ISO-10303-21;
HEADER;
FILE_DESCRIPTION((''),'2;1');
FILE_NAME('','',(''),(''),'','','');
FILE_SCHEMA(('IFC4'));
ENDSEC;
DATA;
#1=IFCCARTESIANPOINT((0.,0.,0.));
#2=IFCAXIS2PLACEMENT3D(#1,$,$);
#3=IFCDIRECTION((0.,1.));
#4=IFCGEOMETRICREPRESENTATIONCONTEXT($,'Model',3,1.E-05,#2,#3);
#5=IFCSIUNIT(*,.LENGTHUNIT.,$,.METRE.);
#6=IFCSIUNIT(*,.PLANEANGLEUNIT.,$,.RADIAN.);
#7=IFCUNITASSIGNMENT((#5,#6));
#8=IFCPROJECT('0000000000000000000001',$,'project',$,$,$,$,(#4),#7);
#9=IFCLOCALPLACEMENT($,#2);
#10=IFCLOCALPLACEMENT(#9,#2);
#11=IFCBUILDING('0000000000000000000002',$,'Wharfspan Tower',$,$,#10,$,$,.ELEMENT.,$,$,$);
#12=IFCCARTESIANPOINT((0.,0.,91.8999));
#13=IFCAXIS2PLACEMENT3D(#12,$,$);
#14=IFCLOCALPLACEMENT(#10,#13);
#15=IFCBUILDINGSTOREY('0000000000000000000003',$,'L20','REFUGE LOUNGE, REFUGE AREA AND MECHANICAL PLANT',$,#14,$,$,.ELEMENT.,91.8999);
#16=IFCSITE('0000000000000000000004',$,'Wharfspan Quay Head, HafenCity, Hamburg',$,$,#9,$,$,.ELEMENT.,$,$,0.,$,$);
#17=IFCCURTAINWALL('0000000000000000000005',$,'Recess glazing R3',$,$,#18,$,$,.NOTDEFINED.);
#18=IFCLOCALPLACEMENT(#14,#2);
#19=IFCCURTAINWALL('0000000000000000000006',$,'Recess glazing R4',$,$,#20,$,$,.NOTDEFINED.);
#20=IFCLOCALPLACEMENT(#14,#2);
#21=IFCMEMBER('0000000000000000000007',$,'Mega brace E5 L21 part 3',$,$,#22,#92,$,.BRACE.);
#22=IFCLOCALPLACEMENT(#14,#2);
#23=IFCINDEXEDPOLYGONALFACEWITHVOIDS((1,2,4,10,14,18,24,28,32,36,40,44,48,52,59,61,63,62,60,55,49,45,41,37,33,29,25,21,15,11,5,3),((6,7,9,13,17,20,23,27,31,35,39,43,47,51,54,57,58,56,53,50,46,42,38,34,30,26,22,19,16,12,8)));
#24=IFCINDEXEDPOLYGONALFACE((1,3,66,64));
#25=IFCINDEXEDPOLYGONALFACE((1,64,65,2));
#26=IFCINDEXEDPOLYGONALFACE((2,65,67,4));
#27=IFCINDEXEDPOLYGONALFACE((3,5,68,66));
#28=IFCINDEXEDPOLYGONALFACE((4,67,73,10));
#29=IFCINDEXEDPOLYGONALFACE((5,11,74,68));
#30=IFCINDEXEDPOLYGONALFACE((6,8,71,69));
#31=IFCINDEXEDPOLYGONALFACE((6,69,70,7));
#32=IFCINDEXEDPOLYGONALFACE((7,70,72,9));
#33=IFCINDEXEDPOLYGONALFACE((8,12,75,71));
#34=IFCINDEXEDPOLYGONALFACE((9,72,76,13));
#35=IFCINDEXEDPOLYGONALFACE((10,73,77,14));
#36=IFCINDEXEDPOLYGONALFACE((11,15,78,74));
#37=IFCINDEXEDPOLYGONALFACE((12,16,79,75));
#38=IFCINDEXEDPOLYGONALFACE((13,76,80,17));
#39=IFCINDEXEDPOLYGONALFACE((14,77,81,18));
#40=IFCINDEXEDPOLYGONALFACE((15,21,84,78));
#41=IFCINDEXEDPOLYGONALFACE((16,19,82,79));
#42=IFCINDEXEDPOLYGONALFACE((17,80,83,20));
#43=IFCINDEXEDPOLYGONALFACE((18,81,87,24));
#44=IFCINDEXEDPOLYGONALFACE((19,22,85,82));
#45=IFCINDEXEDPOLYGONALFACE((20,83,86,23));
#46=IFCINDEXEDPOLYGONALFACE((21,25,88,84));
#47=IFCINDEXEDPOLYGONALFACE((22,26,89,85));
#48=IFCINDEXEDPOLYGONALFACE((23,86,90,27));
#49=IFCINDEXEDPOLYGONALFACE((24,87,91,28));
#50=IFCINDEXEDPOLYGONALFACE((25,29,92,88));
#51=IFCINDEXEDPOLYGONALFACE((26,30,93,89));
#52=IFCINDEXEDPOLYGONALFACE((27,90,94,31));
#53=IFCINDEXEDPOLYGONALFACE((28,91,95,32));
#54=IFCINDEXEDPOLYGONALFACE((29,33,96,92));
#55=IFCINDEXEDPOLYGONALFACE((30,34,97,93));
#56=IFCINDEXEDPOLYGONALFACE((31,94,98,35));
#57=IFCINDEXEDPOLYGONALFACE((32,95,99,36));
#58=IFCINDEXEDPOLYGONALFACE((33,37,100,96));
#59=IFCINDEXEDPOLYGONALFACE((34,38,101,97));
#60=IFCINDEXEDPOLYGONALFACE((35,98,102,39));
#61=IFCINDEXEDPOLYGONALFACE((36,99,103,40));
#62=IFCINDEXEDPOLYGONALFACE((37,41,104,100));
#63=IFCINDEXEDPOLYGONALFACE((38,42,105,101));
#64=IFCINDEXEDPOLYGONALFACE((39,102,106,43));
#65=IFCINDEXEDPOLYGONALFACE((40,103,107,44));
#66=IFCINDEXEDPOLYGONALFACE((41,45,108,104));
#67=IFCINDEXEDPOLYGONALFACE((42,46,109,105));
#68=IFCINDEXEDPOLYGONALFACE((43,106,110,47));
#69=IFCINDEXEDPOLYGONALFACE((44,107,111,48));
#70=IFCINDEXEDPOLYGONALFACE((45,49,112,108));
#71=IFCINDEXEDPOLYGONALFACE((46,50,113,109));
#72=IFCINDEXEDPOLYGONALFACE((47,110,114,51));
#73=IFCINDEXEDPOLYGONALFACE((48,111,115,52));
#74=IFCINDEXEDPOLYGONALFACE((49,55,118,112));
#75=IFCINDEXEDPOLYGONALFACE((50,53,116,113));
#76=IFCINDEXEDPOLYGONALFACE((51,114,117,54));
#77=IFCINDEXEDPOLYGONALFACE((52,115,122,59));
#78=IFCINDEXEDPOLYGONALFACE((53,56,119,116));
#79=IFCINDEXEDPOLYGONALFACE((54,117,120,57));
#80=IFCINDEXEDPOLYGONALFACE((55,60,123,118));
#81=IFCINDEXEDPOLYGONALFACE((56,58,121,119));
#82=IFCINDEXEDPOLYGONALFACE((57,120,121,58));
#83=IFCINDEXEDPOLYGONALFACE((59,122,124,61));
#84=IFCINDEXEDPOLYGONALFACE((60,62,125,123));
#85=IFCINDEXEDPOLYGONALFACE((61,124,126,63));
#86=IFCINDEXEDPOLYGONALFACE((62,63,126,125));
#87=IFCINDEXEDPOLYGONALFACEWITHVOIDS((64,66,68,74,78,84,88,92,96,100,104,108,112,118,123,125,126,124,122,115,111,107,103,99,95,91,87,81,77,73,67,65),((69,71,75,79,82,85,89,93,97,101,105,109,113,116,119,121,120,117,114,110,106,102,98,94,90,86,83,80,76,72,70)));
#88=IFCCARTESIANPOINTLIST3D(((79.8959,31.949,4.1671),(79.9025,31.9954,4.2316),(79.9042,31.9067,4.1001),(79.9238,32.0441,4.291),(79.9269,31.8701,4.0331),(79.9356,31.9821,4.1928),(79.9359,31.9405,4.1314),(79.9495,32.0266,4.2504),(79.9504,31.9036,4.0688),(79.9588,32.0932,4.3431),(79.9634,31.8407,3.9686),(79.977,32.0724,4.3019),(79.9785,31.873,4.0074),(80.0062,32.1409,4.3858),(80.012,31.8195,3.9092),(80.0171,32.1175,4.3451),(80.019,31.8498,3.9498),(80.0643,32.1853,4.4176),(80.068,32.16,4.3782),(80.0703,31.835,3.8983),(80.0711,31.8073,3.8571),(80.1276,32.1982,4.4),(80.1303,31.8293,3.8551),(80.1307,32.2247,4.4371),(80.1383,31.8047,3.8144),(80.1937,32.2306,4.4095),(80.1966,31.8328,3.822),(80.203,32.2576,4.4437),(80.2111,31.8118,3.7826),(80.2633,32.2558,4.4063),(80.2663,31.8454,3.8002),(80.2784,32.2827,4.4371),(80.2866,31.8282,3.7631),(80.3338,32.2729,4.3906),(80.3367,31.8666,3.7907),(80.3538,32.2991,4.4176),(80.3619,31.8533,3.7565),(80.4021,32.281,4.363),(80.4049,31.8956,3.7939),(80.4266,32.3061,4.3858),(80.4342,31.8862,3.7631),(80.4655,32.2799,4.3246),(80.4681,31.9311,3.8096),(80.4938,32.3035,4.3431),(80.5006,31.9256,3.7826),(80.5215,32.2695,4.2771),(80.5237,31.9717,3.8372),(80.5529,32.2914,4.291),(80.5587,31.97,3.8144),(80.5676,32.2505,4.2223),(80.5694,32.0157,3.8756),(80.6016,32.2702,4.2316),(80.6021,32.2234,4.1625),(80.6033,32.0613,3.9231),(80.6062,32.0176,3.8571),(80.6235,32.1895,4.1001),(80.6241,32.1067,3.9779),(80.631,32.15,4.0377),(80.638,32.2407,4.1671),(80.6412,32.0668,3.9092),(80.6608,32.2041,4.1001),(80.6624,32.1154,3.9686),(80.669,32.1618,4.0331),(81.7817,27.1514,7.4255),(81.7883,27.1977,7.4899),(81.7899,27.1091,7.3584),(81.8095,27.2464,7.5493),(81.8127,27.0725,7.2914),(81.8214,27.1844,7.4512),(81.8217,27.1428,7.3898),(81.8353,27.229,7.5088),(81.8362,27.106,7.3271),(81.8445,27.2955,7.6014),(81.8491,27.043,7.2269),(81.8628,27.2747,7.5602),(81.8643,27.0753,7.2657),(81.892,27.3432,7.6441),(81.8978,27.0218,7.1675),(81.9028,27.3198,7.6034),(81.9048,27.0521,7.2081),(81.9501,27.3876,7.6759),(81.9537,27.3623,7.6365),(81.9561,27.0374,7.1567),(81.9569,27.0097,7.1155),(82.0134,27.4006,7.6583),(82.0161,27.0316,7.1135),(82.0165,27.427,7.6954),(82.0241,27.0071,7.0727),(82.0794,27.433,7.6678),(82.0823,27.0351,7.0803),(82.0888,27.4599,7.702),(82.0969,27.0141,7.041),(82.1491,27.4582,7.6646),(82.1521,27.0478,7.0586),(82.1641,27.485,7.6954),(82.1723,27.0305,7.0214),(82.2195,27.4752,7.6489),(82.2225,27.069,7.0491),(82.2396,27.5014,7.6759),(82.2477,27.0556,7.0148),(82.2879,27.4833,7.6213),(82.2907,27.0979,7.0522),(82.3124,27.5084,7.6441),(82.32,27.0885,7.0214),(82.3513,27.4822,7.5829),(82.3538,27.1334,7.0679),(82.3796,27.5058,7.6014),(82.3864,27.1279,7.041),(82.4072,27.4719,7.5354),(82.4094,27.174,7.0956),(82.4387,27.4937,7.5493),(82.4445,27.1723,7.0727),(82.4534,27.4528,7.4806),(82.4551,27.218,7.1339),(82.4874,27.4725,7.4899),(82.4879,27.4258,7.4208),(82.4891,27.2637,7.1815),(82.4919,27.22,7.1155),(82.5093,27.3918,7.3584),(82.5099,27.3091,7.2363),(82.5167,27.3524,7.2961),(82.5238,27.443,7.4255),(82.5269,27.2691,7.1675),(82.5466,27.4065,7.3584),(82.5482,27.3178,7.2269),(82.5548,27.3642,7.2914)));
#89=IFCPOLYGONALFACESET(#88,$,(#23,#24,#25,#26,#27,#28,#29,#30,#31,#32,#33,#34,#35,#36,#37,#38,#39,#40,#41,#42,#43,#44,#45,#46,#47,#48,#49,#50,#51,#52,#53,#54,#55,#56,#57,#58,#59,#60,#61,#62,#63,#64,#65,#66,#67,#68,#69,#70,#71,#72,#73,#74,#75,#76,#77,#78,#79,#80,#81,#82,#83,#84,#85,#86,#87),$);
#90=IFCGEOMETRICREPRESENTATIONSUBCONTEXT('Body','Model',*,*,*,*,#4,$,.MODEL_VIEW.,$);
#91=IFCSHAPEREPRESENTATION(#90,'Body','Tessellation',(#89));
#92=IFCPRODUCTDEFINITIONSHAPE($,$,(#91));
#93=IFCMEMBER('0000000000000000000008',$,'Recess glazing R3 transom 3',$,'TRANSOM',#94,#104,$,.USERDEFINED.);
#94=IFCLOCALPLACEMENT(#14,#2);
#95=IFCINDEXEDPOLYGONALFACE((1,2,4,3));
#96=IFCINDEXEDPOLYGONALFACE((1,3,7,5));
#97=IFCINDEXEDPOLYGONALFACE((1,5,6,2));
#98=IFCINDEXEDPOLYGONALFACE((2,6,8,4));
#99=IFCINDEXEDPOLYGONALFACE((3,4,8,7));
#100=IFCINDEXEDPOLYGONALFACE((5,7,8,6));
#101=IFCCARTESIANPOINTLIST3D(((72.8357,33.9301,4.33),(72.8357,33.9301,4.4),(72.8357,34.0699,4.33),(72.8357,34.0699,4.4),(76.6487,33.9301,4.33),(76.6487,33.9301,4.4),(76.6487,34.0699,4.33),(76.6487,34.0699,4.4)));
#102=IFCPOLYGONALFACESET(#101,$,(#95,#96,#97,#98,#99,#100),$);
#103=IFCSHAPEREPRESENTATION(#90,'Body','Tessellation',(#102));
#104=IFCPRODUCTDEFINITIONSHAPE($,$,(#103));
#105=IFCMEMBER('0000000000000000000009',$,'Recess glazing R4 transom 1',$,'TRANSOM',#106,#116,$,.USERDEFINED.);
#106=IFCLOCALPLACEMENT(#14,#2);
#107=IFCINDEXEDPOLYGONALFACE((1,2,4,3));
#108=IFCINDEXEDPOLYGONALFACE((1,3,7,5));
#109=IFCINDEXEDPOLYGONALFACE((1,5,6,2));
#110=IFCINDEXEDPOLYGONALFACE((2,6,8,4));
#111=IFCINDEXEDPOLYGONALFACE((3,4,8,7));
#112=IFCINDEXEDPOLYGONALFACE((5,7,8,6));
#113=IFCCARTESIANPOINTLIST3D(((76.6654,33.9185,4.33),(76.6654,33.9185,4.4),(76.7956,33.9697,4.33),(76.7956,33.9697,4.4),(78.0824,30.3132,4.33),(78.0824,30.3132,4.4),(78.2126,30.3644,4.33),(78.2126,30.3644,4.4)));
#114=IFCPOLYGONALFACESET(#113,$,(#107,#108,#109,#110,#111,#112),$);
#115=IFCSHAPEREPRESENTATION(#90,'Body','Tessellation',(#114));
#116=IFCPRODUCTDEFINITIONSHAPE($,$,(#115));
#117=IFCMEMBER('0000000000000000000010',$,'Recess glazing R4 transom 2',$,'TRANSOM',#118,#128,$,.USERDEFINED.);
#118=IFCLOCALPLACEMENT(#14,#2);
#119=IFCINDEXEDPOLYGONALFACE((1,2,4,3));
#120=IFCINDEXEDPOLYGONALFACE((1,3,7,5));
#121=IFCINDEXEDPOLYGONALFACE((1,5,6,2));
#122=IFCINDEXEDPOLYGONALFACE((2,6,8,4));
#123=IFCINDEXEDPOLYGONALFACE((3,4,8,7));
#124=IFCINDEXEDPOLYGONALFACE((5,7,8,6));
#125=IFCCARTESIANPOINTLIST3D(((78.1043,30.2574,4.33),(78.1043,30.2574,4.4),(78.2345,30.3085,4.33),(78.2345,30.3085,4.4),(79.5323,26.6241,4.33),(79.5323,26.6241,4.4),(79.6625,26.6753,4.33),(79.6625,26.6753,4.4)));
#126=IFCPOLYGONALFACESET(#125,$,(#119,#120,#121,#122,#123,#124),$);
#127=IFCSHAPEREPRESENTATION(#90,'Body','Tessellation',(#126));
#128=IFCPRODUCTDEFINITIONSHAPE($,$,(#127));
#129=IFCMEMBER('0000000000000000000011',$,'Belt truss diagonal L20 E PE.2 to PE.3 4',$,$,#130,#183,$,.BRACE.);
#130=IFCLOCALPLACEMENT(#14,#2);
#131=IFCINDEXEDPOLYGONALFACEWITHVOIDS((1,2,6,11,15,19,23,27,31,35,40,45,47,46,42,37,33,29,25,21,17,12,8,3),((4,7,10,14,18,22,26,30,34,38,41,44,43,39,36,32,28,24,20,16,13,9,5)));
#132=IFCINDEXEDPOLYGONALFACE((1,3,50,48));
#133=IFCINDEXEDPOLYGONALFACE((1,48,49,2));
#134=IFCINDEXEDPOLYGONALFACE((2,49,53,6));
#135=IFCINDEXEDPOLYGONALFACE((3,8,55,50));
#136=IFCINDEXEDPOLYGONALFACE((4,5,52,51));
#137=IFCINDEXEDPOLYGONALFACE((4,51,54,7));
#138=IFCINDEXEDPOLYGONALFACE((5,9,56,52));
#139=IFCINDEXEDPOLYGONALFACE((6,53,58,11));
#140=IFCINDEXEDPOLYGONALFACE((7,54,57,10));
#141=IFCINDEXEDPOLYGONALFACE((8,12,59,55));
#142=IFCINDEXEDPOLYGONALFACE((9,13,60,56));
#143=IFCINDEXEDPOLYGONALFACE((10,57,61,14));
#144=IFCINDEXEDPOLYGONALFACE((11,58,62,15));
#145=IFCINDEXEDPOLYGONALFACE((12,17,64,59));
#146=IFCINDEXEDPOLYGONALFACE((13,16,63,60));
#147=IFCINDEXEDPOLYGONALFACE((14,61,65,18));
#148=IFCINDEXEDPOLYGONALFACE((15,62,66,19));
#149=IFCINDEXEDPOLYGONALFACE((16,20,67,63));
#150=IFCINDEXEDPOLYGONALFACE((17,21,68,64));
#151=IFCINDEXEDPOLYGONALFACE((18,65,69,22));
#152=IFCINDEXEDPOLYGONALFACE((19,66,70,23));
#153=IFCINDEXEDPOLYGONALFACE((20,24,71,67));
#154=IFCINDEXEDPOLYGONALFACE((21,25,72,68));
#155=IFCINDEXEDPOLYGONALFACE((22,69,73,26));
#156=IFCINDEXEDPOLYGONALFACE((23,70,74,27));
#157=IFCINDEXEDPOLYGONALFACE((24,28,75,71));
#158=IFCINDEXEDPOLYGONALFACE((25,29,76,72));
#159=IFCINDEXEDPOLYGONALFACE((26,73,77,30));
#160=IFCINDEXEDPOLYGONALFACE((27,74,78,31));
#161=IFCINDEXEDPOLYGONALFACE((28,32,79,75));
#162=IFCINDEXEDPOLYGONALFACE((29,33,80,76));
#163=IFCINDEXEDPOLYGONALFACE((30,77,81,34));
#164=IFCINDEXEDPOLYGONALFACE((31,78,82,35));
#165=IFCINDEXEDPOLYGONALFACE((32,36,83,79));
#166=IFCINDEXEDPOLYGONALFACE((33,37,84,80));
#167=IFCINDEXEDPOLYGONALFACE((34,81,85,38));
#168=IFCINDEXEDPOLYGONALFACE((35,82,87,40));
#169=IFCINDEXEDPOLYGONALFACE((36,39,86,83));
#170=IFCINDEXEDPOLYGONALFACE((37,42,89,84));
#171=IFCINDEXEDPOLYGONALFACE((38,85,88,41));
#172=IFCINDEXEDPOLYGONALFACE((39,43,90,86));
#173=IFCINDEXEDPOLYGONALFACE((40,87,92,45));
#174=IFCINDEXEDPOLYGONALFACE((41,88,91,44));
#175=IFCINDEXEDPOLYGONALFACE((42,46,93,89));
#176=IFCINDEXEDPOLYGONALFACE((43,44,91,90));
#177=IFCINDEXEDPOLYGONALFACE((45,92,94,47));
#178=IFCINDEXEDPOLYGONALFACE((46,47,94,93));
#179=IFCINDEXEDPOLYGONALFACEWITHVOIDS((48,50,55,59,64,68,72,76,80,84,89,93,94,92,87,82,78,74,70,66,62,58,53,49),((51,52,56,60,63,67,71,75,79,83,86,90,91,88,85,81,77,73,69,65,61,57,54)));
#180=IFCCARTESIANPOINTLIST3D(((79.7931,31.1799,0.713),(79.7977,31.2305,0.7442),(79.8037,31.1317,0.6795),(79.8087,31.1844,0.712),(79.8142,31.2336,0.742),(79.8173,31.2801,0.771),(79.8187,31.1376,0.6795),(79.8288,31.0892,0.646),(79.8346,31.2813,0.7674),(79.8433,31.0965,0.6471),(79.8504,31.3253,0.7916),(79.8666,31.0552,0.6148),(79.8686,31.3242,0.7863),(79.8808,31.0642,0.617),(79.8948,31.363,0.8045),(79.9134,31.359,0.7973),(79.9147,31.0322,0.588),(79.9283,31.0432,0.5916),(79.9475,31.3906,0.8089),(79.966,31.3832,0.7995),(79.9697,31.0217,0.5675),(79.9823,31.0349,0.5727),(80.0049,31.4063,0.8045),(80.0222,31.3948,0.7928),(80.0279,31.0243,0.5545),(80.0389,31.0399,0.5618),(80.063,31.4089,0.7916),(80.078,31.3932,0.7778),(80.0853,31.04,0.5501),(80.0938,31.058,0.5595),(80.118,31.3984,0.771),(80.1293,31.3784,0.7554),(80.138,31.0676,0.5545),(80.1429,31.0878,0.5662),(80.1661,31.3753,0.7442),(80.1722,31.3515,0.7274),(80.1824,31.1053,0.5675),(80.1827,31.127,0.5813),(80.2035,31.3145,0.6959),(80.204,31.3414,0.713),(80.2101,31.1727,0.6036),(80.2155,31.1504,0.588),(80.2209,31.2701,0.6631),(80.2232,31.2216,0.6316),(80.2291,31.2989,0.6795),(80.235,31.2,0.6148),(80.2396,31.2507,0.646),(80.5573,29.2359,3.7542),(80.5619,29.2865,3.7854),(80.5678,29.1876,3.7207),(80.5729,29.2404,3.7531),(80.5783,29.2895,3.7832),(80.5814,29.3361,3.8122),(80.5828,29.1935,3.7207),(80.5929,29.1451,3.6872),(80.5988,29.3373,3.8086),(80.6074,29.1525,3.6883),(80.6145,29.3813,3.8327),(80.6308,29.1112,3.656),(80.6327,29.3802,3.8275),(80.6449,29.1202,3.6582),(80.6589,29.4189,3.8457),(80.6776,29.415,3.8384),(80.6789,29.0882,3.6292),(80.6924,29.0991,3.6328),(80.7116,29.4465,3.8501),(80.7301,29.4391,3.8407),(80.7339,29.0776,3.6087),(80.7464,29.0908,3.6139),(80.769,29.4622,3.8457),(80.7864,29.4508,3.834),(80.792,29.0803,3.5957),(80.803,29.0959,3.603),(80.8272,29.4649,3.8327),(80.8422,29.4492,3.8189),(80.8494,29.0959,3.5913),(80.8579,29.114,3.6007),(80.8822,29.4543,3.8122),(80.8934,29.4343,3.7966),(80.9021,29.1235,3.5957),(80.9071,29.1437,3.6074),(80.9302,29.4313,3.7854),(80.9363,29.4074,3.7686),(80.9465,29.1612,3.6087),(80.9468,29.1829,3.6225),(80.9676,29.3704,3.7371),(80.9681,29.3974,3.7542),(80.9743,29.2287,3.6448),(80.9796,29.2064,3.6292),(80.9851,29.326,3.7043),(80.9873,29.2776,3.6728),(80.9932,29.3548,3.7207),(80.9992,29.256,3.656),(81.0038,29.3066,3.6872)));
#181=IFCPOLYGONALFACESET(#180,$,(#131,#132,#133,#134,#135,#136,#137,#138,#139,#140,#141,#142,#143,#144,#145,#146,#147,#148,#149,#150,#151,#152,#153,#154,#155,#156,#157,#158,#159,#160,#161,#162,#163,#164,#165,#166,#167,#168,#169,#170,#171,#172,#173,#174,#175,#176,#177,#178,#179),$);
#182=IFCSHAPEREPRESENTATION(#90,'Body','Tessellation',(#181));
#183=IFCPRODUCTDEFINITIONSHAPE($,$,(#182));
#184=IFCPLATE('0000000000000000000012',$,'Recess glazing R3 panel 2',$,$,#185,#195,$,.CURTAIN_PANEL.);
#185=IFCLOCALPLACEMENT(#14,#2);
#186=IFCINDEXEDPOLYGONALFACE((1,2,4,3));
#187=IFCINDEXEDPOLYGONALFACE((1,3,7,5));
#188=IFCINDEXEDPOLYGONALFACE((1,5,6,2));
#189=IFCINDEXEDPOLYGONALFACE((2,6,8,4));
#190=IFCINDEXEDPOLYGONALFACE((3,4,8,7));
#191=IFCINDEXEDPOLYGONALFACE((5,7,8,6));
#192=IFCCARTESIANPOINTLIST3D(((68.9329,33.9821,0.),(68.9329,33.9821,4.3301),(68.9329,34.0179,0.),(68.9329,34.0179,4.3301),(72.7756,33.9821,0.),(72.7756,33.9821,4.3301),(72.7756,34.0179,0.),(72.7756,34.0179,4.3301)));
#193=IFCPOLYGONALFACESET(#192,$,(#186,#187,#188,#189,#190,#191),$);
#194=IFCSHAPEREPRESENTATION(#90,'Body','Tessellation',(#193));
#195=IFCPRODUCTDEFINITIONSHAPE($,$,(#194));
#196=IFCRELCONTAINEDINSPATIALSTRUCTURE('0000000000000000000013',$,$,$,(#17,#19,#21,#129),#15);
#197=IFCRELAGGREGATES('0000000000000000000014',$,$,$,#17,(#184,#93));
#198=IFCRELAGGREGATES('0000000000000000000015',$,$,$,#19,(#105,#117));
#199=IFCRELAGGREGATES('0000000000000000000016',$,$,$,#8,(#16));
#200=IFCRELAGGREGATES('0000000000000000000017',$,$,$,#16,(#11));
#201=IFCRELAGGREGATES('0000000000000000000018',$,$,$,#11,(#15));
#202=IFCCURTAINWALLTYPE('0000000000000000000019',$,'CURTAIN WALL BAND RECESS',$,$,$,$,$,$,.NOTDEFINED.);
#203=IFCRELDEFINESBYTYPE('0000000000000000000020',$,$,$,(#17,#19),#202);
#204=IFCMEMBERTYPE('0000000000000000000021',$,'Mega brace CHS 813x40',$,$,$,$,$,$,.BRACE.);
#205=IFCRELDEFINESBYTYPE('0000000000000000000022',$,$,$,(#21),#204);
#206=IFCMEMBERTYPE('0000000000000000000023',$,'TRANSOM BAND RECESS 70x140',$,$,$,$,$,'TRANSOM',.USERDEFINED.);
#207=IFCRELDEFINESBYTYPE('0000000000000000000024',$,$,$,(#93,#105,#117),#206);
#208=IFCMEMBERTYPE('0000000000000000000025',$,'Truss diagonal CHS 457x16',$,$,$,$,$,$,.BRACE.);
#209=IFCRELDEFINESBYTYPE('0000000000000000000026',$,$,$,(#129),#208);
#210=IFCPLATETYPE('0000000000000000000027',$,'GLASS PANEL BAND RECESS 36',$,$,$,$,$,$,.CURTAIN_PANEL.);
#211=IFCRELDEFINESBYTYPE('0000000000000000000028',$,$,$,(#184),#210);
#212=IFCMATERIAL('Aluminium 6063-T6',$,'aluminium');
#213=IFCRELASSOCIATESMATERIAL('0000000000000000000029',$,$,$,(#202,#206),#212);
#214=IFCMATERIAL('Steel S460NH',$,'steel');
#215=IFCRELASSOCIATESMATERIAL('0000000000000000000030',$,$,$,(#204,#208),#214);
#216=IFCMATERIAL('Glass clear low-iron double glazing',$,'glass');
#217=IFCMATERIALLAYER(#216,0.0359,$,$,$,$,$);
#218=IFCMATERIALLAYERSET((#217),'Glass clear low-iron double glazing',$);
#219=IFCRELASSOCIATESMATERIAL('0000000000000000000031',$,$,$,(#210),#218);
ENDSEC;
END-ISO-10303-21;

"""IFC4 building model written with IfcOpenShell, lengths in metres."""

from ifc_helpers import new_model, si_unit, direction, frame, origin, origin_2d, place, context, subcontext, project, spatial, rectangle, hollow_circle, extrude, material, layer, layer_set, material_profile, profile_set, type_object, element, aggregate, save


model = new_model("IFC4")

# Units and contexts
model_context = context("Model", 3, precision=1e-05, world=origin(), true_north=direction((0.0, 1.0)))
body_context = subcontext(model_context, "Body", "Model", "MODEL_VIEW")
ifc_project = project(units=[si_unit("LENGTHUNIT", "METRE"), si_unit("PLANEANGLEUNIT", "RADIAN")], contexts=[model_context])

# Site, building, storey
site_placement = place(None, origin())
site = spatial("IfcSite", under=ifc_project, at=site_placement, Name="Wharfspan Quay Head, HafenCity, Hamburg", CompositionType="ELEMENT", RefElevation=0.0)
building_placement = place(site_placement, origin())
building = spatial("IfcBuilding", under=site, at=building_placement, Name="Wharfspan Tower", CompositionType="ELEMENT")
storey_placement = place(building_placement, frame((0.0, 0.0, 91.8999)))
storey = spatial("IfcBuildingStorey", under=building, at=storey_placement, Name="L20", Description="REFUGE LOUNGE, REFUGE AREA AND MECHANICAL PLANT", CompositionType="ELEMENT", Elevation=91.8999)

# Curtain walls
ifc_material_1 = material(Name="Aluminium 6063-T6", Category="aluminium")
curtain_wall_type = type_object("IfcCurtainWallType", Name="CURTAIN WALL BAND RECESS", PredefinedType="NOTDEFINED", material=ifc_material_1)
curtain_wall_1_placement = place(storey_placement, origin())
curtain_wall_1 = element("IfcCurtainWall", 1, at=curtain_wall_1_placement, inside=storey, type_object=curtain_wall_type, Name="Recess glazing R3", PredefinedType="NOTDEFINED")
curtain_wall_2_placement = place(storey_placement, origin())
curtain_wall_2 = element("IfcCurtainWall", 2, at=curtain_wall_2_placement, inside=storey, type_object=curtain_wall_type, Name="Recess glazing R4", PredefinedType="NOTDEFINED")

# Members
ifc_material_2 = material(Name="Steel S460NH", Category="steel")
ifc_material_profile_1 = material_profile(ifc_material_2, hollow_circle(Radius=0.4065, WallThickness=0.04, at=origin_2d()))
ifc_profile_set_1 = profile_set([ifc_material_profile_1], Name="Steel S460NH")
member_type_1 = type_object("IfcMemberType", Name="Mega brace CHS 813x40", PredefinedType="BRACE", material=ifc_profile_set_1)
member_1_placement = place(storey_placement, frame((80.2825, 32.0554, 4.1001), z_axis=(0.309223, -0.786709, 0.534294), x_axis=(0.930685, 0.365812, -0.000003)))
element("IfcMember", 3, at=member_1_placement, inside=storey, type_object=member_type_1, Name="Mega brace E5 L21 part 3", PredefinedType="BRACE", context=body_context, shape_type="SweptSolid", body=[
    extrude(hollow_circle(Radius=0.4065, WallThickness=0.04, at=origin_2d()), origin(), (0.0, 0.0, 1.0), 6.0984),
])
ifc_material_profile_2 = material_profile(ifc_material_1, rectangle(XDim=0.1399, YDim=0.0701, at=origin_2d()))
ifc_profile_set_2 = profile_set([ifc_material_profile_2], Name="Aluminium 6063-T6")
member_type_2 = type_object("IfcMemberType", Name="TRANSOM BAND RECESS 70x140", ElementType="TRANSOM", PredefinedType="USERDEFINED", material=ifc_profile_set_2)
member_2_placement = place(storey_placement, frame((72.8357, 34.0, 4.365), z_axis=(1.0, 0.0, 0.0), x_axis=(0.0, 1.0, 0.0)))
member_2 = element("IfcMember", 4, at=member_2_placement, type_object=member_type_2, Name="Recess glazing R3 transom 3", ObjectType="TRANSOM", PredefinedType="USERDEFINED", context=body_context, shape_type="SweptSolid", body=[
    extrude(rectangle(XDim=0.1399, YDim=0.0701, at=origin_2d()), origin(), (0.0, 0.0, 1.0), 3.813),
])
member_3_placement = place(storey_placement, frame((76.7305, 33.9441, 4.365), z_axis=(0.365799, -0.930694, 0.0), x_axis=(0.930694, 0.365799, 0.0)))
member_3 = element("IfcMember", 5, at=member_3_placement, type_object=member_type_2, Name="Recess glazing R4 transom 1", ObjectType="TRANSOM", PredefinedType="USERDEFINED", context=body_context, shape_type="SweptSolid", body=[
    extrude(rectangle(XDim=0.1399, YDim=0.0701, at=origin_2d()), origin(), (0.0, 0.0, 1.0), 3.8738),
])
member_4_placement = place(storey_placement, frame((78.1694, 30.283, 4.365), z_axis=(0.365788, -0.930698, 0.0), x_axis=(0.930698, 0.365788, 0.0)))
member_4 = element("IfcMember", 6, at=member_4_placement, type_object=member_type_2, Name="Recess glazing R4 transom 2", ObjectType="TRANSOM", PredefinedType="USERDEFINED", context=body_context, shape_type="SweptSolid", body=[
    extrude(rectangle(XDim=0.1399, YDim=0.0701, at=origin_2d()), origin(), (0.0, 0.0, 1.0), 3.9038),
])
ifc_material_profile_3 = material_profile(ifc_material_2, hollow_circle(Radius=0.2285, WallThickness=0.0161, at=origin_2d()))
ifc_profile_set_3 = profile_set([ifc_material_profile_3], Name="Steel S460NH")
member_type_3 = type_object("IfcMemberType", Name="Truss diagonal CHS 457x16", PredefinedType="BRACE", material=ifc_profile_set_3)
member_5_placement = place(storey_placement, frame((80.7805, 29.2712, 3.7207), z_axis=(-0.207115, 0.52692, -0.824293), x_axis=(-0.930683, -0.365821, 0.0)))
element("IfcMember", 7, at=member_5_placement, inside=storey, type_object=member_type_3, Name="Belt truss diagonal L20 E PE.2 to PE.3 4", PredefinedType="BRACE", context=body_context, shape_type="SweptSolid", body=[
    extrude(hollow_circle(Radius=0.2285, WallThickness=0.0161, at=origin_2d()), origin(), (0.0, 0.0, 1.0), 3.6895),
])

# Plate
ifc_material_3 = material(Name="Glass clear low-iron double glazing", Category="glass")
ifc_layer_1 = layer(ifc_material_3, 0.0359)
ifc_layer_set_1 = layer_set([ifc_layer_1], Name="Glass clear low-iron double glazing")
plate_type = type_object("IfcPlateType", Name="GLASS PANEL BAND RECESS 36", PredefinedType="CURTAIN_PANEL", material=ifc_layer_set_1)
plate_1_placement = place(storey_placement, frame((70.8542, 34.0, 0.0), z_axis=(0.0, 0.0, 1.0), x_axis=(1.0, 0.0, 0.0)))
plate_1 = element("IfcPlate", 8, at=plate_1_placement, type_object=plate_type, Name="Recess glazing R3 panel 2", PredefinedType="CURTAIN_PANEL", context=body_context, shape_type="SweptSolid", body=[
    extrude(rectangle(XDim=3.8428, YDim=0.0359, at=origin_2d()), origin(), (0.0, 0.0, 1.0), 4.3301),
])
aggregate(curtain_wall_1, [plate_1, member_2])
aggregate(curtain_wall_2, [member_3, member_4])

save(model, "model.ifc")
